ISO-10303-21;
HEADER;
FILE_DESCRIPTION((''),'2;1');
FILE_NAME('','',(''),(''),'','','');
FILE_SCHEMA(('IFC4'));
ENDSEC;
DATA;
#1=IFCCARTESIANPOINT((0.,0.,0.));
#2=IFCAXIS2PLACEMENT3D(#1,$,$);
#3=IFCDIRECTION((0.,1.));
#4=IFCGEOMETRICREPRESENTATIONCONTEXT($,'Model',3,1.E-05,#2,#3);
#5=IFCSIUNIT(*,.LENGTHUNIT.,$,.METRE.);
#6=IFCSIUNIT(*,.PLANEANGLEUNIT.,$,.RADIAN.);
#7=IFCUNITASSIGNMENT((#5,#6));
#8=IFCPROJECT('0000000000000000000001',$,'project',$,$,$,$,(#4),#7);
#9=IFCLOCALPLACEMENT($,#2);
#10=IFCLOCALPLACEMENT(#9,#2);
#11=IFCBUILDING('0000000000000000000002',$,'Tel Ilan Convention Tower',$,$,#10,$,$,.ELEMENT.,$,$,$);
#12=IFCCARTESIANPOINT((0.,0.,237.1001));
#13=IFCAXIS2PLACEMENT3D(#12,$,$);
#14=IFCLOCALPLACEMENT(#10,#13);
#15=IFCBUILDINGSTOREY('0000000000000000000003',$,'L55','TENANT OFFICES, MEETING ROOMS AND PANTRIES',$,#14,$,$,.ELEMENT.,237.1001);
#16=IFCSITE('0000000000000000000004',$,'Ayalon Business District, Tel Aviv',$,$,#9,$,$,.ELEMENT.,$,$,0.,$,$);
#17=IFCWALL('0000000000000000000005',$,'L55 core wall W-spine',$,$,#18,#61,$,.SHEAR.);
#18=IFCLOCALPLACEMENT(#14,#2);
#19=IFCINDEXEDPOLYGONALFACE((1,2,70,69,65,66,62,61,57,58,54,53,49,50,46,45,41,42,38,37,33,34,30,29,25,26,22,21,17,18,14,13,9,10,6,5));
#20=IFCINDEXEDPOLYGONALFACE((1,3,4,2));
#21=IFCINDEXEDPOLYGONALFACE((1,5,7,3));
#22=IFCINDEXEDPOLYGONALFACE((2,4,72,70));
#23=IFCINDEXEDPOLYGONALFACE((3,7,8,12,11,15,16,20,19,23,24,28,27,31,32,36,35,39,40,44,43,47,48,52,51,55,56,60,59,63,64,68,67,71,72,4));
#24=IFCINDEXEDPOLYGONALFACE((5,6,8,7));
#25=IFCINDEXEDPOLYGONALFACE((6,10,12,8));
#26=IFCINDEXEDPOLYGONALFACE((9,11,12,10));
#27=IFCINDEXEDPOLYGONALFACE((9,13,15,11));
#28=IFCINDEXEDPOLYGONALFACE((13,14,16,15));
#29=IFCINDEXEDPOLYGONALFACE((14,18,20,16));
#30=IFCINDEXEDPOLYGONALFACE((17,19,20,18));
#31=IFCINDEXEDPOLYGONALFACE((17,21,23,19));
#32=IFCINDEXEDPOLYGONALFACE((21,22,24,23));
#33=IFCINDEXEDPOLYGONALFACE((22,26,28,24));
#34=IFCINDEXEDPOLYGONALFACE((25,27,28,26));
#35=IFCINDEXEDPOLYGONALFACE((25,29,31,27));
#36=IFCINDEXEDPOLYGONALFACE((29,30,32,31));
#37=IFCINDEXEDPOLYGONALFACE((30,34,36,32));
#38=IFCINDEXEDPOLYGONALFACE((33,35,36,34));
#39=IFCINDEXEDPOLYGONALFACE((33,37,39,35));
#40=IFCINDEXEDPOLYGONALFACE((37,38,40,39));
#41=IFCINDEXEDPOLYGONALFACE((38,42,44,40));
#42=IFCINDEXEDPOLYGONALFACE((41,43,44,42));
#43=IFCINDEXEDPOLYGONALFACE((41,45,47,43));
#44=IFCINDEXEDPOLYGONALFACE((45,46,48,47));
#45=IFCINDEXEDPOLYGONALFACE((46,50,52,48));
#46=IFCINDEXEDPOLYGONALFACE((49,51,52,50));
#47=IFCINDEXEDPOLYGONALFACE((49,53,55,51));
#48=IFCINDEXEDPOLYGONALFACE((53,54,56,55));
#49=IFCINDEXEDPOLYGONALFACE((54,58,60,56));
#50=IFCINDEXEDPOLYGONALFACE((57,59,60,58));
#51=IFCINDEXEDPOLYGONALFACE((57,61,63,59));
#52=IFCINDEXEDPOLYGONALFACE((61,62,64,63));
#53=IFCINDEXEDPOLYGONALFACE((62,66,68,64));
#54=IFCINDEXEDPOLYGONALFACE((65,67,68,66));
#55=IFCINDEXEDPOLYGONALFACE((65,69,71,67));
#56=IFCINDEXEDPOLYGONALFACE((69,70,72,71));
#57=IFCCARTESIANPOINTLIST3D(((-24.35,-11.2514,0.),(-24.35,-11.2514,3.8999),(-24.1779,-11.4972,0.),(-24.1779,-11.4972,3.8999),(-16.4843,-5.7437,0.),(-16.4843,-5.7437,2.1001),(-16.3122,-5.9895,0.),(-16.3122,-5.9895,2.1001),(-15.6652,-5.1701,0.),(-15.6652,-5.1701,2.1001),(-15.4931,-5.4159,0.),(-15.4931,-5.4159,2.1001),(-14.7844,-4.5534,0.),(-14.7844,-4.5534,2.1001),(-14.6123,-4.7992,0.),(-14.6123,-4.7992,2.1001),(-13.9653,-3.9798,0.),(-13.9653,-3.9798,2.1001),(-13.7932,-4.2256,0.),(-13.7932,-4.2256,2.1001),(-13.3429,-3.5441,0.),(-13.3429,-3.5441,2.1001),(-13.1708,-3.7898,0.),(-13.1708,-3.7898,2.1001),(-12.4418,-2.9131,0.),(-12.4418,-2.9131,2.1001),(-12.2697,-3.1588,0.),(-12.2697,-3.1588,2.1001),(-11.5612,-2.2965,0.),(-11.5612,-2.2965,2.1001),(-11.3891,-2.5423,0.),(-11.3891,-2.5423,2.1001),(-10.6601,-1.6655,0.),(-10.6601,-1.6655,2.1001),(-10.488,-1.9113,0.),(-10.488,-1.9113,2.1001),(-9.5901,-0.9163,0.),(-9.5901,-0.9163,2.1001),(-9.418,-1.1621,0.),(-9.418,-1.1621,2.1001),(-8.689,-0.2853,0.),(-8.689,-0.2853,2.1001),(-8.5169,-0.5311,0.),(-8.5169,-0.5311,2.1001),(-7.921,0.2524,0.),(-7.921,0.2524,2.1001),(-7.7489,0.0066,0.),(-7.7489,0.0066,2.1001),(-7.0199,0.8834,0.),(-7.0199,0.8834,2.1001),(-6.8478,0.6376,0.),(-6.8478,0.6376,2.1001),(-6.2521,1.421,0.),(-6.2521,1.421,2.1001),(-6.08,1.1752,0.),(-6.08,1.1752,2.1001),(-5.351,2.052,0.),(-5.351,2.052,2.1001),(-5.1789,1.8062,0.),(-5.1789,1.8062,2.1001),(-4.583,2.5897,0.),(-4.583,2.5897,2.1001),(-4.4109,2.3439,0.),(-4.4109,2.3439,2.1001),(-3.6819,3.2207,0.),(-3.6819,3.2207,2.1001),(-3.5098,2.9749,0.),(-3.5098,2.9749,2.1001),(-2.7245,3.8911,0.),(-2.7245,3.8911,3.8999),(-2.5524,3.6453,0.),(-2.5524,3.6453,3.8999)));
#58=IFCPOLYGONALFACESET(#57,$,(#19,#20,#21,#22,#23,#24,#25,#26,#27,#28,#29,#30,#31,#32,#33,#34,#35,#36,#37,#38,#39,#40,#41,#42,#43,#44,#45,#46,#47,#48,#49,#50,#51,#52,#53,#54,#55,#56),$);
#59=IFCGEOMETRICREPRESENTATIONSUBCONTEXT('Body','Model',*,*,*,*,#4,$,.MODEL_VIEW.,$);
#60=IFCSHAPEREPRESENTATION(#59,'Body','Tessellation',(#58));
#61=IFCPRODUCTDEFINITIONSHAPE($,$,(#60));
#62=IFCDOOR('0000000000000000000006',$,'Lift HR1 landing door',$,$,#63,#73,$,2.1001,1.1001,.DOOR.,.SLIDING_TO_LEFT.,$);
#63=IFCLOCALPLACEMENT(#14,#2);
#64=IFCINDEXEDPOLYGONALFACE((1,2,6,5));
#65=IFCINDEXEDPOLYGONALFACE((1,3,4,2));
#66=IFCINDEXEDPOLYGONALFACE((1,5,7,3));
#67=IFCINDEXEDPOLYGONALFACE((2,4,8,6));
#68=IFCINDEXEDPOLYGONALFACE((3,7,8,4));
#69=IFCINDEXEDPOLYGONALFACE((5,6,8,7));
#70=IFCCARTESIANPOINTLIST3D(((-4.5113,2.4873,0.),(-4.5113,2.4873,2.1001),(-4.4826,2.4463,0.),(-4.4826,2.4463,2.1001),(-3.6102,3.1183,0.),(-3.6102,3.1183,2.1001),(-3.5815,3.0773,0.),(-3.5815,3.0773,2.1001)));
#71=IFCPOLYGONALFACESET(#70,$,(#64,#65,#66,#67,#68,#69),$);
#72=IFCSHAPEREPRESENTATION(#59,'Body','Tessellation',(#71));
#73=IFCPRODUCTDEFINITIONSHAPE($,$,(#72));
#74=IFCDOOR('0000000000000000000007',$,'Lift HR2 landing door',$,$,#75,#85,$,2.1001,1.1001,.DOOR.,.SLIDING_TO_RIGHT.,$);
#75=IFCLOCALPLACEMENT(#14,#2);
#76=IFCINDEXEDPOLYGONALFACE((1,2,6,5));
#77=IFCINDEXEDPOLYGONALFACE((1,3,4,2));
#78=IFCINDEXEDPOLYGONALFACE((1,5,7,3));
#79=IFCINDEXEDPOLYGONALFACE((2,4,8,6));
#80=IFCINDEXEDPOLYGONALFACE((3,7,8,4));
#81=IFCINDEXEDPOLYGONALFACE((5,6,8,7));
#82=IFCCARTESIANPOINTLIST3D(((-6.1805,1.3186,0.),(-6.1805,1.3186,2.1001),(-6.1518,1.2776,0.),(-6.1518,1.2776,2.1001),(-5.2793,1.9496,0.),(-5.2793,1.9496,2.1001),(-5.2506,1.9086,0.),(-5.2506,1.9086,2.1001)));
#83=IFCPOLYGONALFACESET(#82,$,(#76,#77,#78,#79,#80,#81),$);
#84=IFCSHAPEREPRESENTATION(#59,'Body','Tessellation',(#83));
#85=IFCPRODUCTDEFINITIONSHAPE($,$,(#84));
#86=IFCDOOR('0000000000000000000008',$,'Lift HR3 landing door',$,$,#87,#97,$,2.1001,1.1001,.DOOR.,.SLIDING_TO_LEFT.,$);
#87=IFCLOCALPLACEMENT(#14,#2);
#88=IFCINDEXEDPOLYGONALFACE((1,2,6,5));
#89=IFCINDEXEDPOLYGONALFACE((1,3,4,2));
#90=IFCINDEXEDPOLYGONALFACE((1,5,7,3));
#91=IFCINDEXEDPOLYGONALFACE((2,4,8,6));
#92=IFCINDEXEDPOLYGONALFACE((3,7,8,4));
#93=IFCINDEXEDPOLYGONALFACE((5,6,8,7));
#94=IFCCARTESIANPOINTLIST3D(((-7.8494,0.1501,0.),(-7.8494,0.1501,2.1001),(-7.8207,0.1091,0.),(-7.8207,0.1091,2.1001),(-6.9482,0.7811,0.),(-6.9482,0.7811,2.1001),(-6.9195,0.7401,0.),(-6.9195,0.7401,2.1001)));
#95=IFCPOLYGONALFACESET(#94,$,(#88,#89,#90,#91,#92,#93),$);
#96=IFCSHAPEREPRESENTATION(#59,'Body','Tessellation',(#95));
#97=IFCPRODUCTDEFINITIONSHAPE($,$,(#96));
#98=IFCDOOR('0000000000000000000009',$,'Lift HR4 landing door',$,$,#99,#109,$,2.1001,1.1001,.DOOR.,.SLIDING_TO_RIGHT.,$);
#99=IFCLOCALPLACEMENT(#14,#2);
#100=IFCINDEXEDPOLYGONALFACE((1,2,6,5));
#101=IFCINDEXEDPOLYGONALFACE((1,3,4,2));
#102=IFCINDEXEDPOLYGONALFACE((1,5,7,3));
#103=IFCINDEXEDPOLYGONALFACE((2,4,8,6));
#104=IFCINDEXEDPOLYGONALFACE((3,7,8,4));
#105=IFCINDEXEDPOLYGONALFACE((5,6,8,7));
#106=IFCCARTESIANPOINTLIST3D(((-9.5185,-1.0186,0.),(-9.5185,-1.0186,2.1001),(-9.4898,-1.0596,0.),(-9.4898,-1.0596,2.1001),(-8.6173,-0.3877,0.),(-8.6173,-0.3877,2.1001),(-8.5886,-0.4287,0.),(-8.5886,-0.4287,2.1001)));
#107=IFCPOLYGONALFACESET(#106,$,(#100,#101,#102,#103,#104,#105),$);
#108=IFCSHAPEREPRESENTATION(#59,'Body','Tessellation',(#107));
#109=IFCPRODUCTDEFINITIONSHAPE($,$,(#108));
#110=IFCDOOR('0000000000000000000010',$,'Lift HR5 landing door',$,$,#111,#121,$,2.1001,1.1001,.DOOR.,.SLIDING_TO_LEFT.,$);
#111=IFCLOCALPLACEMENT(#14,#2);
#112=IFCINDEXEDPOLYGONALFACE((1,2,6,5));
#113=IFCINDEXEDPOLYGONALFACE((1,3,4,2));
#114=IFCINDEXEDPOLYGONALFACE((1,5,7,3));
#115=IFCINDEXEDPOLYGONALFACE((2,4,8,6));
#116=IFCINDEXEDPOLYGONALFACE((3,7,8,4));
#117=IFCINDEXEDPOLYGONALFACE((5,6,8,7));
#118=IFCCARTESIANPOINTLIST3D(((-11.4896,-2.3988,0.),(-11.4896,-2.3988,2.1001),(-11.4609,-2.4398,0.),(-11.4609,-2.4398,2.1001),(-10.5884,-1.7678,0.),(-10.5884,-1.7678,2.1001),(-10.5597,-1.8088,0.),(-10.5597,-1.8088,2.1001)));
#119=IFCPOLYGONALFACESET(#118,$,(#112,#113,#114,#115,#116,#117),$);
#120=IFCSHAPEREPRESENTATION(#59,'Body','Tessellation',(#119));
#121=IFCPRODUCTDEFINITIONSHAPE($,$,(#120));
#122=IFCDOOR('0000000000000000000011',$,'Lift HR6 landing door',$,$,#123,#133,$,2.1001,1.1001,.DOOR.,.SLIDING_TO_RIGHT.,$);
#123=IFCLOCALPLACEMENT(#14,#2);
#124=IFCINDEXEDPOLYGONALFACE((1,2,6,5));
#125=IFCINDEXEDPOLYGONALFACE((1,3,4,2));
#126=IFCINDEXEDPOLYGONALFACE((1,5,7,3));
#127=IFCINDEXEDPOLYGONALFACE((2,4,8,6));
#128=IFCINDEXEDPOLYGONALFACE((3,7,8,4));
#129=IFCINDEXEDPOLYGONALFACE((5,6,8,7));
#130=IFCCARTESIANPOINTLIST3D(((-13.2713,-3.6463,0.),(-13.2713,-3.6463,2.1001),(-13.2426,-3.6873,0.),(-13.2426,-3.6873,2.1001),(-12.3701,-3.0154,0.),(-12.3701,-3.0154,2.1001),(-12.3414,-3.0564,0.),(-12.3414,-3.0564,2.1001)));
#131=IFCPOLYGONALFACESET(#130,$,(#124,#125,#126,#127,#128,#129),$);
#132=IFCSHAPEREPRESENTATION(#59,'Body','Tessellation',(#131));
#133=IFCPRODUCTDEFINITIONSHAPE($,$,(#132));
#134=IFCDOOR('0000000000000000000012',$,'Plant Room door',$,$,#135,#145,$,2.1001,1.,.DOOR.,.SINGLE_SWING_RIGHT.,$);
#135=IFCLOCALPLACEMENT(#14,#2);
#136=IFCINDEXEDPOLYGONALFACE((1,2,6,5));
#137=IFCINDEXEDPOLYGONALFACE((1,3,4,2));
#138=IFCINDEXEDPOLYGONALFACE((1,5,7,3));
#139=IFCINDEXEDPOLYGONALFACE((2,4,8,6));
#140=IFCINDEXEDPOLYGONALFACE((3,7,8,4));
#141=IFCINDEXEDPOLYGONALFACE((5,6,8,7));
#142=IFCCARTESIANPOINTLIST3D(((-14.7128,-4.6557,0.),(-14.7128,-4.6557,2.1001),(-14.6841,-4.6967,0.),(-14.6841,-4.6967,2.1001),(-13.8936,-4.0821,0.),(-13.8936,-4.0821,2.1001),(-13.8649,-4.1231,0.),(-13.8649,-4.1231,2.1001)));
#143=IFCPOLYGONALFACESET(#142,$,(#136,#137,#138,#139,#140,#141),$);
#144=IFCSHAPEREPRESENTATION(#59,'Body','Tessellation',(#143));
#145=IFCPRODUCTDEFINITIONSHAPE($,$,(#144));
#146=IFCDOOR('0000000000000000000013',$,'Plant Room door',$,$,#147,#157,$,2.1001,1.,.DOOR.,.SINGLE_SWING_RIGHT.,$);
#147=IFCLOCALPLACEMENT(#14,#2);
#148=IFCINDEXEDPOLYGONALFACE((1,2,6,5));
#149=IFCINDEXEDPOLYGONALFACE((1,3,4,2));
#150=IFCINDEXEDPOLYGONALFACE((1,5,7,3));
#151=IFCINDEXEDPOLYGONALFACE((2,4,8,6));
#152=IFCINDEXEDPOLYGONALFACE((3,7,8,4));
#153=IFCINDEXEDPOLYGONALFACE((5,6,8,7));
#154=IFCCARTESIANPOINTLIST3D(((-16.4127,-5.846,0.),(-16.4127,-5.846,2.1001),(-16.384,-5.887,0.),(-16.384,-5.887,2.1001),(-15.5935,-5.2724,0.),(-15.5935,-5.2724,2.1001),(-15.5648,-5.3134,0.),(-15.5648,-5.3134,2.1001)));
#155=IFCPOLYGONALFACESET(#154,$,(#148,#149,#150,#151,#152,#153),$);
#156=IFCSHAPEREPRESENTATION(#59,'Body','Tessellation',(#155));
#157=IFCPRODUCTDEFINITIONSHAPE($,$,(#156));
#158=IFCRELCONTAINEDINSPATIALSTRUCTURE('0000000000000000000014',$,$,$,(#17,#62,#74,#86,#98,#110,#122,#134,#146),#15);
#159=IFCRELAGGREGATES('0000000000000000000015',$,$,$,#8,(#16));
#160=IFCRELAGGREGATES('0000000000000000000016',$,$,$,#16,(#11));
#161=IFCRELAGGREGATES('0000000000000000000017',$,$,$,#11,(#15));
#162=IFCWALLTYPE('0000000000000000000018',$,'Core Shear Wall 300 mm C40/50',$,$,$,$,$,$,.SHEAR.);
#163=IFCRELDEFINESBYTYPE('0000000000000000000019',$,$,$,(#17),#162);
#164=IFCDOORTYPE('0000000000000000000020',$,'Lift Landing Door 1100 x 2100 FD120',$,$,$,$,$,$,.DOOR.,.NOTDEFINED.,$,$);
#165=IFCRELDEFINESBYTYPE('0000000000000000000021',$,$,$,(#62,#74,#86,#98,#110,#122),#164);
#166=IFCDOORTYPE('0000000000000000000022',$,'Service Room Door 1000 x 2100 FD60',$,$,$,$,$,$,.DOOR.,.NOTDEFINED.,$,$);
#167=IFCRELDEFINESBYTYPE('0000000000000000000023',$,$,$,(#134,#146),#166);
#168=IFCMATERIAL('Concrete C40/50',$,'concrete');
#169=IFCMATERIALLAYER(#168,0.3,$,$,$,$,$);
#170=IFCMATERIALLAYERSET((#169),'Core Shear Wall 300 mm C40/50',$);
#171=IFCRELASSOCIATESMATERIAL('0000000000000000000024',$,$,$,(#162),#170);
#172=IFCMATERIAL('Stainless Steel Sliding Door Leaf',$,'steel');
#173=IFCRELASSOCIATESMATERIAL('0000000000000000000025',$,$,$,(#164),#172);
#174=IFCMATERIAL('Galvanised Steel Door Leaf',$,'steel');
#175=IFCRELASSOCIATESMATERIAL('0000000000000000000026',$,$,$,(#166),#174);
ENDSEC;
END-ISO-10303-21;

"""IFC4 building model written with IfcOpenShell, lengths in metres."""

from ifc_helpers import new_model, si_unit, direction, frame, frame_2d, origin, place, context, subcontext, project, spatial, polyline, rectangle, outline, extrude, material, layer, layer_set, type_object, element, fill, save


model = new_model("IFC4")

# Units and contexts
model_context = context("Model", 3, precision=1e-05, world=origin(), true_north=direction((0.0, 1.0)))
body_context = subcontext(model_context, "Body", "Model", "MODEL_VIEW")
ifc_project = project(units=[si_unit("LENGTHUNIT", "METRE"), si_unit("PLANEANGLEUNIT", "RADIAN")], contexts=[model_context])

# Site, building, storey
site_placement = place(None, origin())
site = spatial("IfcSite", under=ifc_project, at=site_placement, Name="Ayalon Business District, Tel Aviv", CompositionType="ELEMENT", RefElevation=0.0)
building_placement = place(site_placement, origin())
building = spatial("IfcBuilding", under=site, at=building_placement, Name="Tel Ilan Convention Tower", CompositionType="ELEMENT")
storey_placement = place(building_placement, frame((0.0, 0.0, 237.1001)))
storey = spatial("IfcBuildingStorey", under=building, at=storey_placement, Name="L55", Description="TENANT OFFICES, MEETING ROOMS AND PANTRIES", CompositionType="ELEMENT", Elevation=237.1001)

# Wall, openings, doors
ifc_material_1 = material(Name="Concrete C40/50", Category="concrete")
ifc_layer_1 = layer(ifc_material_1, 0.3)
ifc_layer_set_1 = layer_set([ifc_layer_1], Name="Core Shear Wall 300 mm C40/50")
wall_type_1 = type_object("IfcWallType", Name="Core Shear Wall 300 mm C40/50", PredefinedType="SHEAR", material=ifc_layer_set_1)
wall_1_placement = place(storey_placement, frame((-2.6384, 3.7681, 0.0), z_axis=(0.0, 0.0, 1.0), x_axis=(-0.819155, -0.573572, 0.0)))
wall_1 = element("IfcWall", 1, at=wall_1_placement, inside=storey, type_object=wall_type_1, Name="L55 core wall W-spine", PredefinedType="SHEAR", context=body_context, shape_type="SweptSolid", body=[
    extrude(outline(polyline([(26.3999, 0.1501), (0.0, 0.1499), (0.0, -0.1501), (26.3999, -0.1499), (26.3999, 0.1501)])), origin(), (0.0, 0.0, 1.0), 3.8999),
])
opening_1_placement = place(wall_1_placement, frame((1.1687, 0.0, 0.0)))
opening_1 = element("IfcOpeningElement", 2, at=opening_1_placement, cuts=wall_1, PredefinedType="OPENING", context=body_context, shape_type="SweptSolid", body=[
    extrude(rectangle(XDim=1.1001, YDim=2.1001, at=frame_2d((0.55, 1.05))), frame((0.0, 0.1599, 0.0), z_axis=(0.0, -1.0, 0.0), x_axis=(1.0, 0.0, 0.0)), (0.0, 0.0, 1.0), 0.3201),
])
opening_2_placement = place(wall_1_placement, frame((3.2063, 0.0, 0.0)))
opening_2 = element("IfcOpeningElement", 3, at=opening_2_placement, cuts=wall_1, PredefinedType="OPENING", context=body_context, shape_type="SweptSolid", body=[
    extrude(rectangle(XDim=1.1001, YDim=2.1001, at=frame_2d((0.55, 1.05))), frame((0.0, 0.1599, 0.0), z_axis=(0.0, -1.0, 0.0), x_axis=(1.0, 0.0, 0.0)), (0.0, 0.0, 1.0), 0.3201),
])
opening_3_placement = place(wall_1_placement, frame((5.2437, 0.0, 0.0)))
opening_3 = element("IfcOpeningElement", 4, at=opening_3_placement, cuts=wall_1, PredefinedType="OPENING", context=body_context, shape_type="SweptSolid", body=[
    extrude(rectangle(XDim=1.1001, YDim=2.1001, at=frame_2d((0.55, 1.05))), frame((0.0, 0.1599, 0.0), z_axis=(0.0, -1.0, 0.0), x_axis=(1.0, 0.0, 0.0)), (0.0, 0.0, 1.0), 0.3201),
])
opening_4_placement = place(wall_1_placement, frame((7.2812, 0.0, 0.0)))
opening_4 = element("IfcOpeningElement", 5, at=opening_4_placement, cuts=wall_1, PredefinedType="OPENING", context=body_context, shape_type="SweptSolid", body=[
    extrude(rectangle(XDim=1.1001, YDim=2.1001, at=frame_2d((0.55, 1.05))), frame((0.0, 0.1599, 0.0), z_axis=(0.0, -1.0, 0.0), x_axis=(1.0, 0.0, 0.0)), (0.0, 0.0, 1.0), 0.3201),
])
opening_5_placement = place(wall_1_placement, frame((9.6875, 0.0, 0.0)))
opening_5 = element("IfcOpeningElement", 6, at=opening_5_placement, cuts=wall_1, PredefinedType="OPENING", context=body_context, shape_type="SweptSolid", body=[
    extrude(rectangle(XDim=1.1001, YDim=2.1001, at=frame_2d((0.55, 1.05))), frame((0.0, 0.1599, 0.0), z_axis=(0.0, -1.0, 0.0), x_axis=(1.0, 0.0, 0.0)), (0.0, 0.0, 1.0), 0.3201),
])
opening_6_placement = place(wall_1_placement, frame((11.8625, 0.0, 0.0)))
opening_6 = element("IfcOpeningElement", 7, at=opening_6_placement, cuts=wall_1, PredefinedType="OPENING", context=body_context, shape_type="SweptSolid", body=[
    extrude(rectangle(XDim=1.1001, YDim=2.1001, at=frame_2d((0.55, 1.05))), frame((0.0, 0.1599, 0.0), z_axis=(0.0, -1.0, 0.0), x_axis=(1.0, 0.0, 0.0)), (0.0, 0.0, 1.0), 0.3201),
])
opening_7_placement = place(wall_1_placement, frame((13.7224, 0.0, 0.0)))
opening_7 = element("IfcOpeningElement", 8, at=opening_7_placement, cuts=wall_1, PredefinedType="OPENING", context=body_context, shape_type="SweptSolid", body=[
    extrude(rectangle(XDim=1.0, YDim=2.1001, at=frame_2d((0.5, 1.05))), frame((0.0, 0.1599, 0.0), z_axis=(0.0, -1.0, 0.0), x_axis=(1.0, 0.0, 0.0)), (0.0, 0.0, 1.0), 0.3201),
])
opening_8_placement = place(wall_1_placement, frame((15.7976, 0.0, 0.0)))
opening_8 = element("IfcOpeningElement", 9, at=opening_8_placement, cuts=wall_1, PredefinedType="OPENING", context=body_context, shape_type="SweptSolid", body=[
    extrude(rectangle(XDim=1.0, YDim=2.1001, at=frame_2d((0.5, 1.05))), frame((0.0, 0.1599, 0.0), z_axis=(0.0, -1.0, 0.0), x_axis=(1.0, 0.0, 0.0)), (0.0, 0.0, 1.0), 0.3201),
])
ifc_material_2 = material(Name="Stainless Steel Sliding Door Leaf", Category="steel")
door_type_1 = type_object("IfcDoorType", Name="Lift Landing Door 1100 x 2100 FD120", OperationType="NOTDEFINED", PredefinedType="DOOR", material=ifc_material_2)
door_1_placement = place(opening_1_placement, origin())
door_1 = element("IfcDoor", 10, at=door_1_placement, inside=storey, type_object=door_type_1, Name="Lift HR1 landing door", OperationType="SLIDING_TO_LEFT", OverallHeight=2.1001, OverallWidth=1.1001, PredefinedType="DOOR", context=body_context, shape_type="SweptSolid", body=[
    extrude(rectangle(XDim=1.1001, YDim=2.1001, at=frame_2d((0.55, 1.05))), frame((0.0, 0.0249, 0.0), z_axis=(0.0, -1.0, 0.0), x_axis=(1.0, 0.0, 0.0)), (0.0, 0.0, 1.0), 0.05),
])
fill(opening_1, door_1)
door_2_placement = place(opening_2_placement, origin())
door_2 = element("IfcDoor", 11, at=door_2_placement, inside=storey, type_object=door_type_1, Name="Lift HR2 landing door", OperationType="SLIDING_TO_RIGHT", OverallHeight=2.1001, OverallWidth=1.1001, PredefinedType="DOOR", context=body_context, shape_type="SweptSolid", body=[
    extrude(rectangle(XDim=1.1001, YDim=2.1001, at=frame_2d((0.55, 1.05))), frame((0.0, 0.0249, 0.0), z_axis=(0.0, -1.0, 0.0), x_axis=(1.0, 0.0, 0.0)), (0.0, 0.0, 1.0), 0.05),
])
fill(opening_2, door_2)
door_3_placement = place(opening_3_placement, origin())
door_3 = element("IfcDoor", 12, at=door_3_placement, inside=storey, type_object=door_type_1, Name="Lift HR3 landing door", OperationType="SLIDING_TO_LEFT", OverallHeight=2.1001, OverallWidth=1.1001, PredefinedType="DOOR", context=body_context, shape_type="SweptSolid", body=[
    extrude(rectangle(XDim=1.1001, YDim=2.1001, at=frame_2d((0.55, 1.05))), frame((0.0, 0.0249, 0.0), z_axis=(0.0, -1.0, 0.0), x_axis=(1.0, 0.0, 0.0)), (0.0, 0.0, 1.0), 0.05),
])
fill(opening_3, door_3)
door_4_placement = place(opening_4_placement, origin())
door_4 = element("IfcDoor", 13, at=door_4_placement, inside=storey, type_object=door_type_1, Name="Lift HR4 landing door", OperationType="SLIDING_TO_RIGHT", OverallHeight=2.1001, OverallWidth=1.1001, PredefinedType="DOOR", context=body_context, shape_type="SweptSolid", body=[
    extrude(rectangle(XDim=1.1001, YDim=2.1001, at=frame_2d((0.55, 1.05))), frame((0.0, 0.0249, 0.0), z_axis=(0.0, -1.0, 0.0), x_axis=(1.0, 0.0, 0.0)), (0.0, 0.0, 1.0), 0.05),
])
fill(opening_4, door_4)
door_5_placement = place(opening_5_placement, origin())
door_5 = element("IfcDoor", 14, at=door_5_placement, inside=storey, type_object=door_type_1, Name="Lift HR5 landing door", OperationType="SLIDING_TO_LEFT", OverallHeight=2.1001, OverallWidth=1.1001, PredefinedType="DOOR", context=body_context, shape_type="SweptSolid", body=[
    extrude(rectangle(XDim=1.1001, YDim=2.1001, at=frame_2d((0.55, 1.05))), frame((0.0, 0.0249, 0.0), z_axis=(0.0, -1.0, 0.0), x_axis=(1.0, 0.0, 0.0)), (0.0, 0.0, 1.0), 0.05),
])
fill(opening_5, door_5)
door_6_placement = place(opening_6_placement, origin())
door_6 = element("IfcDoor", 15, at=door_6_placement, inside=storey, type_object=door_type_1, Name="Lift HR6 landing door", OperationType="SLIDING_TO_RIGHT", OverallHeight=2.1001, OverallWidth=1.1001, PredefinedType="DOOR", context=body_context, shape_type="SweptSolid", body=[
    extrude(rectangle(XDim=1.1001, YDim=2.1001, at=frame_2d((0.55, 1.05))), frame((0.0, 0.0249, 0.0), z_axis=(0.0, -1.0, 0.0), x_axis=(1.0, 0.0, 0.0)), (0.0, 0.0, 1.0), 0.05),
])
fill(opening_6, door_6)
ifc_material_3 = material(Name="Galvanised Steel Door Leaf", Category="steel")
door_type_2 = type_object("IfcDoorType", Name="Service Room Door 1000 x 2100 FD60", OperationType="NOTDEFINED", PredefinedType="DOOR", material=ifc_material_3)
door_7_placement = place(opening_7_placement, origin())
door_7 = element("IfcDoor", 16, at=door_7_placement, inside=storey, type_object=door_type_2, Name="Plant Room door", OperationType="SINGLE_SWING_RIGHT", OverallHeight=2.1001, OverallWidth=1.0, PredefinedType="DOOR", context=body_context, shape_type="SweptSolid", body=[
    extrude(rectangle(XDim=1.0, YDim=2.1001, at=frame_2d((0.5, 1.05))), frame((0.0, 0.0249, 0.0), z_axis=(0.0, -1.0, 0.0), x_axis=(1.0, 0.0, 0.0)), (0.0, 0.0, 1.0), 0.05),
])
fill(opening_7, door_7)
door_8_placement = place(opening_8_placement, origin())
door_8 = element("IfcDoor", 17, at=door_8_placement, inside=storey, type_object=door_type_2, Name="Plant Room door", OperationType="SINGLE_SWING_RIGHT", OverallHeight=2.1001, OverallWidth=1.0, PredefinedType="DOOR", context=body_context, shape_type="SweptSolid", body=[
    extrude(rectangle(XDim=1.0, YDim=2.1001, at=frame_2d((0.5, 1.05))), frame((0.0, 0.0249, 0.0), z_axis=(0.0, -1.0, 0.0), x_axis=(1.0, 0.0, 0.0)), (0.0, 0.0, 1.0), 0.05),
])
fill(opening_8, door_8)

save(model, "model.ifc")
